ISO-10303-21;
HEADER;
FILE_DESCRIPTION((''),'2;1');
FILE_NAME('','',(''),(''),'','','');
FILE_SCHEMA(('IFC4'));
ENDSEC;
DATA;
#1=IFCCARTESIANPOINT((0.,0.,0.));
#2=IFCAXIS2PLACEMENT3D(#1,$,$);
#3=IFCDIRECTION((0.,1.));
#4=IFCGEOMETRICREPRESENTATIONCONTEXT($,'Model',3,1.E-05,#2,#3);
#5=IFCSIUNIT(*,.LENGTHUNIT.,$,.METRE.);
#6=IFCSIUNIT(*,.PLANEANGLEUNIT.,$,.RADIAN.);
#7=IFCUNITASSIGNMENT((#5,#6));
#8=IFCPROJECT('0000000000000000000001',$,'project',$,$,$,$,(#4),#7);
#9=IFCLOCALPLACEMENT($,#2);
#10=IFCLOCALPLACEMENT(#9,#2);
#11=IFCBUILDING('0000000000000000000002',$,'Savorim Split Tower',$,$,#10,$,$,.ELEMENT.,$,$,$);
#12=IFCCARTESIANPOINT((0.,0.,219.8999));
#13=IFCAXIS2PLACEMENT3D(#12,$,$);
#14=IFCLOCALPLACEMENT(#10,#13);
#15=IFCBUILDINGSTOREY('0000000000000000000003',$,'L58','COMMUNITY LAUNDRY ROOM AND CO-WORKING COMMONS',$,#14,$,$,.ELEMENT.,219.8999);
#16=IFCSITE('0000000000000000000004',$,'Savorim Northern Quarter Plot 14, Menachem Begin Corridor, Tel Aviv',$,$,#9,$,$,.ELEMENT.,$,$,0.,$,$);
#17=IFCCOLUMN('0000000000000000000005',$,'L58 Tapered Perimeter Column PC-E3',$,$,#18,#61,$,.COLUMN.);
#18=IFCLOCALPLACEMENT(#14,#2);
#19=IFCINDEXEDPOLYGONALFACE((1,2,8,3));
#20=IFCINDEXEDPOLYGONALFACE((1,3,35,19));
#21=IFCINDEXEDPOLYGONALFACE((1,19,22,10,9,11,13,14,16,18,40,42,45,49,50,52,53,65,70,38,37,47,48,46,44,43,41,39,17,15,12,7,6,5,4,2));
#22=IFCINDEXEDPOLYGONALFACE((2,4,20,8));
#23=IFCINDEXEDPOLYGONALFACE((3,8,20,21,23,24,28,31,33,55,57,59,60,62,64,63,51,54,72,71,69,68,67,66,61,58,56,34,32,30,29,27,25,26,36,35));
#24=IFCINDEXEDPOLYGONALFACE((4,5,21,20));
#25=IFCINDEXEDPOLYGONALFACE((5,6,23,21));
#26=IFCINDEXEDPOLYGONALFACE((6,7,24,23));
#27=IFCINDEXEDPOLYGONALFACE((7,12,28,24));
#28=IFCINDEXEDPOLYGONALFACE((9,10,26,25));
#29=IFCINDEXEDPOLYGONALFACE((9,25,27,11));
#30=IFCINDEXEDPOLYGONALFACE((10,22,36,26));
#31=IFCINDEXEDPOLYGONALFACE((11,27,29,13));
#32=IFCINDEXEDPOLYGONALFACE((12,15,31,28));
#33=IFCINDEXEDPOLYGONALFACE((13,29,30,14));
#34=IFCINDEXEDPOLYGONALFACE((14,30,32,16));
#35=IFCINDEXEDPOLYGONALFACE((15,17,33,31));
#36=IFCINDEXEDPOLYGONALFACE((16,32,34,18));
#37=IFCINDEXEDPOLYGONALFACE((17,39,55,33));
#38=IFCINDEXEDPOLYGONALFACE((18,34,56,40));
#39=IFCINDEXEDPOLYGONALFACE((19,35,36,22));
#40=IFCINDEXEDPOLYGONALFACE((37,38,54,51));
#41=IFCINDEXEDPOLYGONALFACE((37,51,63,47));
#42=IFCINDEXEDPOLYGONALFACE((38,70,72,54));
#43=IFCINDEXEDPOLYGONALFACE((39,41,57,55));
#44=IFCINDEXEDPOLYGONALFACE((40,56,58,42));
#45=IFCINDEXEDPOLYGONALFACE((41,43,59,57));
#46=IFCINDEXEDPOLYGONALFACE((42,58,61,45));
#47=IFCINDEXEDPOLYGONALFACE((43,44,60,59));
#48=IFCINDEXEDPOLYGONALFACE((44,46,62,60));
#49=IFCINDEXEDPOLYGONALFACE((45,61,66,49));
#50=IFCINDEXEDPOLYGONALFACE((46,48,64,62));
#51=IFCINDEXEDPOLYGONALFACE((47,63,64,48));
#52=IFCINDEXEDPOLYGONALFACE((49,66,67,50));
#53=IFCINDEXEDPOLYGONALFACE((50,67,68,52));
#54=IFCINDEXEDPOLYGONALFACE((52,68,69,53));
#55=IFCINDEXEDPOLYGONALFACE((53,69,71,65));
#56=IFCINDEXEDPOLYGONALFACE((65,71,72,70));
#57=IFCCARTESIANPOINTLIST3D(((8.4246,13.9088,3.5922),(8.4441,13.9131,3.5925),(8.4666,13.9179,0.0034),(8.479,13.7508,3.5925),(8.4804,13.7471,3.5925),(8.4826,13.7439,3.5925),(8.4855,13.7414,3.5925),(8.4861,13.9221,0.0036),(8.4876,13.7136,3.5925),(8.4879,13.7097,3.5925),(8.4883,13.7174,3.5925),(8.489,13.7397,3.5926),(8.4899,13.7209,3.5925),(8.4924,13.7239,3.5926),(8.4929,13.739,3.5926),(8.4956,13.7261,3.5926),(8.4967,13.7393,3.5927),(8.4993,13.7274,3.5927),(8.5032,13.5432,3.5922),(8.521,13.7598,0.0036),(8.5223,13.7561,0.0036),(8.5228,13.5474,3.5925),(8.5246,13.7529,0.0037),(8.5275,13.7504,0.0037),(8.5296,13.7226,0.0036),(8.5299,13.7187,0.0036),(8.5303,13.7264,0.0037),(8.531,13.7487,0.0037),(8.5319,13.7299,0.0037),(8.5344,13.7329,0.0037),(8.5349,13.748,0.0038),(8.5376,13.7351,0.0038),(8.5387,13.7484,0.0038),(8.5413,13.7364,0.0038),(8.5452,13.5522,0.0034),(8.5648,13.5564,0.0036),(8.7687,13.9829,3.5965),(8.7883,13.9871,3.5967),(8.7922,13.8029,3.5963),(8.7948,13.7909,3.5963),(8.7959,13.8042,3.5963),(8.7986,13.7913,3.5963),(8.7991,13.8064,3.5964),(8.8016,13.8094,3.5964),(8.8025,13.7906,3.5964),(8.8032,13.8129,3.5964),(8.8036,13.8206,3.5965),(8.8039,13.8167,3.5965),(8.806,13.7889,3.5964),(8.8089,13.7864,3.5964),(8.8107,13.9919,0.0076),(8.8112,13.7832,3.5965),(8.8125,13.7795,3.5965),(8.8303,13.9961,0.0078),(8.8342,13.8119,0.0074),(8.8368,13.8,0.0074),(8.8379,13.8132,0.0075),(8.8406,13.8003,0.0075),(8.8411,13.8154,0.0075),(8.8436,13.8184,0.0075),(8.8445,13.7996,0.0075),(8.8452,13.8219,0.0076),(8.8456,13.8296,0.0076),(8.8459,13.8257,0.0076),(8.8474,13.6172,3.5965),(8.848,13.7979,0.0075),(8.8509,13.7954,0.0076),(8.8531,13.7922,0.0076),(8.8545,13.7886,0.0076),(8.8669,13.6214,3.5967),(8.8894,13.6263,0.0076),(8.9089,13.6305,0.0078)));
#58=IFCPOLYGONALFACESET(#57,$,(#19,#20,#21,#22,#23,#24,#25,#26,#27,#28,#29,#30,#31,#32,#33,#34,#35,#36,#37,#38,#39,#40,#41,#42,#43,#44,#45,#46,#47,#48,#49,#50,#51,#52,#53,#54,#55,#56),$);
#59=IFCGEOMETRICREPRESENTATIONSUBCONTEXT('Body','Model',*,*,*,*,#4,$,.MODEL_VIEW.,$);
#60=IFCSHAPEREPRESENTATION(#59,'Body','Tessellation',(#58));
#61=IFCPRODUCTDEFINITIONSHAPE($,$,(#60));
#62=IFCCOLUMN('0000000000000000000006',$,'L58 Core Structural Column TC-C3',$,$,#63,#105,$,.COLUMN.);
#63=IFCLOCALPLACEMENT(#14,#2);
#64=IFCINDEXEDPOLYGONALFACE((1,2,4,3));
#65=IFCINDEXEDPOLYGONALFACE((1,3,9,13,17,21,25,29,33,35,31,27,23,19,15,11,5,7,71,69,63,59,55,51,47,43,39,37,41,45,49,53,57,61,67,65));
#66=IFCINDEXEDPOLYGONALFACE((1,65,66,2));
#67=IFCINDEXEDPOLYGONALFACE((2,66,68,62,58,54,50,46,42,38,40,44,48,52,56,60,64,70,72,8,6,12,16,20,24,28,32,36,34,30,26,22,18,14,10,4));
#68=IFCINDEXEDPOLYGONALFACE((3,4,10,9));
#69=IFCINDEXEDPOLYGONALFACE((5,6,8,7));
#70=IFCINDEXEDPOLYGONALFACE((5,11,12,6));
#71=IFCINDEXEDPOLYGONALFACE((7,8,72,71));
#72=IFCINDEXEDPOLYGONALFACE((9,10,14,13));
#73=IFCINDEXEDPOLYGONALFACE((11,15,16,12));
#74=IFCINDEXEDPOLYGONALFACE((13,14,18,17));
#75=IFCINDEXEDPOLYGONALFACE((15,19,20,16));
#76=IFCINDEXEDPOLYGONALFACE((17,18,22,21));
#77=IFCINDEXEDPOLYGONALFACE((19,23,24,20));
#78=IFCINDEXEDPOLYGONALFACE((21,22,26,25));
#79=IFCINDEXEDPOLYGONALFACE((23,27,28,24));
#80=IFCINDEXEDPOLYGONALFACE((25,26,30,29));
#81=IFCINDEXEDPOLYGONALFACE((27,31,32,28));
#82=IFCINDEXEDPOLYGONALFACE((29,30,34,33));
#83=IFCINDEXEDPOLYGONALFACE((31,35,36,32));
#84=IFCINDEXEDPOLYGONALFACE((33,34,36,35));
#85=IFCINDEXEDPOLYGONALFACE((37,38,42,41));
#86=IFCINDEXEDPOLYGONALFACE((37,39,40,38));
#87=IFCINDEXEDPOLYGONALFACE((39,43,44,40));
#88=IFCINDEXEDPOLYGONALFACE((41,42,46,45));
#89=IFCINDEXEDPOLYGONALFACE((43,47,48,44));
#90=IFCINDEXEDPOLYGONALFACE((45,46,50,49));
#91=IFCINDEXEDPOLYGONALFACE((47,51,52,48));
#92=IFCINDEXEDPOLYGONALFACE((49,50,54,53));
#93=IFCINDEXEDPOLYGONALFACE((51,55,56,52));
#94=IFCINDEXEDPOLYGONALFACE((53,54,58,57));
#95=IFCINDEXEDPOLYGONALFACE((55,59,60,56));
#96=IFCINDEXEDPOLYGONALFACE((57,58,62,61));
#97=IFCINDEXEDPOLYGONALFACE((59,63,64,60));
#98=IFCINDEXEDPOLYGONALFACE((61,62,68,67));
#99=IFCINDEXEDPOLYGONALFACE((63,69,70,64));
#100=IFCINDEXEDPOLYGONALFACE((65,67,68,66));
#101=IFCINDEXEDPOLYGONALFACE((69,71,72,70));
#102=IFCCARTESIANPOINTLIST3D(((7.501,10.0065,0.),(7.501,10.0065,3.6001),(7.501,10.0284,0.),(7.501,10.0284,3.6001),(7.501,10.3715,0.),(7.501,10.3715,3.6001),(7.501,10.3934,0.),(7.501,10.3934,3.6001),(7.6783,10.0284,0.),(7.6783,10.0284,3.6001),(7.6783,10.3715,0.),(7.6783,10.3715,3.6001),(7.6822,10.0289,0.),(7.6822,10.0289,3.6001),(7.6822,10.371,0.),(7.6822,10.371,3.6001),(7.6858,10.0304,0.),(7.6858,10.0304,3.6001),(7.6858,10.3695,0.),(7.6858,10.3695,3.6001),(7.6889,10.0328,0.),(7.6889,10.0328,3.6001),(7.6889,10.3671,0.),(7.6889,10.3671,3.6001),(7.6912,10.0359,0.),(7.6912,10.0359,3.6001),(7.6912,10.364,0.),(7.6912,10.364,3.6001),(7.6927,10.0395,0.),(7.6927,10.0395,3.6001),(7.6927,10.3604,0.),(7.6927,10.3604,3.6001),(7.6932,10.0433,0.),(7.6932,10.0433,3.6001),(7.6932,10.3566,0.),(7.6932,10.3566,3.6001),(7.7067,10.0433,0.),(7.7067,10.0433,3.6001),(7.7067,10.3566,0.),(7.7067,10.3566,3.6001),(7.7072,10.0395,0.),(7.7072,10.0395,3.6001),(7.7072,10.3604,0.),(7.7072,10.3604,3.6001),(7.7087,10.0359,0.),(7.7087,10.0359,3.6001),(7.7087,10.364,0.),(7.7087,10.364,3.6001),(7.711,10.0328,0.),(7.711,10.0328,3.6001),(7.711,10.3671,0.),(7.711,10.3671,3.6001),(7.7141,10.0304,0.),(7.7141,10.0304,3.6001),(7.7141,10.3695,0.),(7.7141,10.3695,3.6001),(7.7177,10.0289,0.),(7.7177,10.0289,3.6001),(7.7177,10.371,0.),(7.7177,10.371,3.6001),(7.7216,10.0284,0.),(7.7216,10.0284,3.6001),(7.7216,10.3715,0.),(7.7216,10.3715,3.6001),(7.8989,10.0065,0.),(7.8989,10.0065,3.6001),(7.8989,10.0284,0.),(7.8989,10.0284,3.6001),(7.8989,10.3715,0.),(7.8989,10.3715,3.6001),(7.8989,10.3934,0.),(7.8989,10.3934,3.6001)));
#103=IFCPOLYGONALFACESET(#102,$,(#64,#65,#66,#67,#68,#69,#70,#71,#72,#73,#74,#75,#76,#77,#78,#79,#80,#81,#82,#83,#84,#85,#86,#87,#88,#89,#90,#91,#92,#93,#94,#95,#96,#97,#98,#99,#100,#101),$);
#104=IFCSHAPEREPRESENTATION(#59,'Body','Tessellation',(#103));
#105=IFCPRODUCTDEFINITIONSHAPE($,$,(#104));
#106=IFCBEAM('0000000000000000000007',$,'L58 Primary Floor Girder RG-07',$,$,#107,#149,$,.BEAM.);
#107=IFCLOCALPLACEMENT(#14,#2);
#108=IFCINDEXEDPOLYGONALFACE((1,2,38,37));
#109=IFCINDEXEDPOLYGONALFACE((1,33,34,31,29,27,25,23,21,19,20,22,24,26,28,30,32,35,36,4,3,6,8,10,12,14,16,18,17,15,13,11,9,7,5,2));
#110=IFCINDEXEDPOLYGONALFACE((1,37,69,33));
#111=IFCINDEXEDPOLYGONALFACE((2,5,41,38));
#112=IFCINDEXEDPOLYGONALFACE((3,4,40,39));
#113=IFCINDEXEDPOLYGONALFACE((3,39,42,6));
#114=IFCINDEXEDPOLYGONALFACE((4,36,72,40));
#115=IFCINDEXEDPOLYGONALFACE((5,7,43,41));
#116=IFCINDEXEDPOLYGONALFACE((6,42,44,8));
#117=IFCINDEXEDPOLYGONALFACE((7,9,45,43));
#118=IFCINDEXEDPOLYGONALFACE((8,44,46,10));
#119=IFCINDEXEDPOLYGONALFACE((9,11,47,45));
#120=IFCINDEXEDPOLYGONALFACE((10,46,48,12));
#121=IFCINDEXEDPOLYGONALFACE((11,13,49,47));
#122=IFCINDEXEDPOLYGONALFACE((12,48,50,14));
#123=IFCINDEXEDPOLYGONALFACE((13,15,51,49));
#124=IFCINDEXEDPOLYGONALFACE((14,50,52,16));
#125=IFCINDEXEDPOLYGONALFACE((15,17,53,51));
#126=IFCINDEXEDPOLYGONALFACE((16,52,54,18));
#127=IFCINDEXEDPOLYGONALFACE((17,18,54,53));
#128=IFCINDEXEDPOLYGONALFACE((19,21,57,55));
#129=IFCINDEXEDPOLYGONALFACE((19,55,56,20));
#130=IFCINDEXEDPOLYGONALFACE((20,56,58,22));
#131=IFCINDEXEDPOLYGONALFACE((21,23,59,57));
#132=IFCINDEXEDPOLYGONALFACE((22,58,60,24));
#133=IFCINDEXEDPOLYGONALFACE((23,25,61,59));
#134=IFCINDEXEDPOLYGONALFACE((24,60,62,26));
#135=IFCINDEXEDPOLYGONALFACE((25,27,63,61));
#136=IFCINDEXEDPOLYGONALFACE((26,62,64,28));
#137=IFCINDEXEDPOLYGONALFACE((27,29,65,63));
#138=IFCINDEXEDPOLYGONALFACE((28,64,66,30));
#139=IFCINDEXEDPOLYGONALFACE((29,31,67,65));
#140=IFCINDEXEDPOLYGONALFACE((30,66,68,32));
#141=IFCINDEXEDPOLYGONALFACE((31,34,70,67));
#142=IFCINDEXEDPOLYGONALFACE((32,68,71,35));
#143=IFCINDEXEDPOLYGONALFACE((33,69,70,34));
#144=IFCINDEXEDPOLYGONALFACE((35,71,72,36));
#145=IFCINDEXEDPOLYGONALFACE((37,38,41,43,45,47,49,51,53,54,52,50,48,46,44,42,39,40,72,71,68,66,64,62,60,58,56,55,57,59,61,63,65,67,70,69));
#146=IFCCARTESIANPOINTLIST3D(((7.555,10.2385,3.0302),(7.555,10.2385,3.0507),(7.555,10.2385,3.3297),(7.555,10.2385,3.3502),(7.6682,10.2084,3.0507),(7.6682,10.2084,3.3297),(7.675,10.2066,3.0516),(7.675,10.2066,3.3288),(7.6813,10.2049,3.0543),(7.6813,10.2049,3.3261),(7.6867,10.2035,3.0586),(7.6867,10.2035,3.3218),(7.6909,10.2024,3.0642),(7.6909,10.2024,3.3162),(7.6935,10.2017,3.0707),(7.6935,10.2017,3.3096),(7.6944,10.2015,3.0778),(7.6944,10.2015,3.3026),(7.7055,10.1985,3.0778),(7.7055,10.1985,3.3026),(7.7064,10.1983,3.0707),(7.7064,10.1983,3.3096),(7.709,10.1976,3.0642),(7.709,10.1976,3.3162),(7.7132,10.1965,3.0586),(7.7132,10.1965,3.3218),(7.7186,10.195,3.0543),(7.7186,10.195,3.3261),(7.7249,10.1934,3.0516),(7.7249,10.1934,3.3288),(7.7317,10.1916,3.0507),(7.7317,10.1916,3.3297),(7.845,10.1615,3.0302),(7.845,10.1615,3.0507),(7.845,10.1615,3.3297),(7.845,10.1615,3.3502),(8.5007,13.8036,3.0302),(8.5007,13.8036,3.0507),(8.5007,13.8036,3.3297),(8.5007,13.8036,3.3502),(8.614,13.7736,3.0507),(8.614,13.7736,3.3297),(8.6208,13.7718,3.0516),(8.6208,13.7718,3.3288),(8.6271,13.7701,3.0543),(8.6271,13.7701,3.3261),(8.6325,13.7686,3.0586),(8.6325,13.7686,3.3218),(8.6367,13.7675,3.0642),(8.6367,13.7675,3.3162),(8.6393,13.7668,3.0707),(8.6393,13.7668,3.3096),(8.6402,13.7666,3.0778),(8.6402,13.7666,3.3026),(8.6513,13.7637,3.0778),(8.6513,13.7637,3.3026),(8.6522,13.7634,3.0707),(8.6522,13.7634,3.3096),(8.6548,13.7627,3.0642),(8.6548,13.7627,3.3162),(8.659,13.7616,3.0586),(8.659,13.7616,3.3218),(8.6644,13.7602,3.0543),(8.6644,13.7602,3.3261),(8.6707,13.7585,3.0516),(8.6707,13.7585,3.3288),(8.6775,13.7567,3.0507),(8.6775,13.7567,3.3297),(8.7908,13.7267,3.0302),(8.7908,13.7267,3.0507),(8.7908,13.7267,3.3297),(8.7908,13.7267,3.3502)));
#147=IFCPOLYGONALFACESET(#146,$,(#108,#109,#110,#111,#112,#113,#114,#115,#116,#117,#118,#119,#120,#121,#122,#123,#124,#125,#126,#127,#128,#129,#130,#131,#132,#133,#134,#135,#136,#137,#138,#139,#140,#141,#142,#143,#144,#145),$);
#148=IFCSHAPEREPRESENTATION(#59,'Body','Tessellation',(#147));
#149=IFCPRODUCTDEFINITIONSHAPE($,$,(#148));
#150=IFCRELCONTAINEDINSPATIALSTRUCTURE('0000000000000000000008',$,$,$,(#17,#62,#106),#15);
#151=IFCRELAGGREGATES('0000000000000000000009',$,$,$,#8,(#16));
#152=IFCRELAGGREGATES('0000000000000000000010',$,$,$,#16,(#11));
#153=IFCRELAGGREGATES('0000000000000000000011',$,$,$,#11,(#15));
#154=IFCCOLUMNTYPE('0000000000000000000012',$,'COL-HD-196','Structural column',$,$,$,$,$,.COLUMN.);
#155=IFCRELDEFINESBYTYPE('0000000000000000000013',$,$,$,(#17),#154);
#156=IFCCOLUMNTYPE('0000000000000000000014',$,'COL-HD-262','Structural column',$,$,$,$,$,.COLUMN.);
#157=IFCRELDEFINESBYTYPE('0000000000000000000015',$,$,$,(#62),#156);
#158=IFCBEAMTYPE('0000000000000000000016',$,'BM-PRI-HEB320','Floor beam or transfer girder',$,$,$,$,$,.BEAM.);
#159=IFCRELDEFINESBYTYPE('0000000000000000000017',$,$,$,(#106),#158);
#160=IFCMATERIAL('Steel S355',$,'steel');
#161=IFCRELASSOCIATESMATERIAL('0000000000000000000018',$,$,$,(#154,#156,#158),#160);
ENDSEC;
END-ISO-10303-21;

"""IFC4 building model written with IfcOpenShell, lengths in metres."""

from ifc_helpers import new_model, si_unit, direction, frame, origin, origin_2d, place, context, subcontext, project, spatial, i_section, extrude, material, material_profile, profile_set, type_object, element, save


model = new_model("IFC4")

# Units and contexts
model_context = context("Model", 3, precision=1e-05, world=origin(), true_north=direction((0.0, 1.0)))
body_context = subcontext(model_context, "Body", "Model", "MODEL_VIEW")
ifc_project = project(units=[si_unit("LENGTHUNIT", "METRE"), si_unit("PLANEANGLEUNIT", "RADIAN")], contexts=[model_context])

# Site, building, storey
site_placement = place(None, origin())
site = spatial("IfcSite", under=ifc_project, at=site_placement, Name="Savorim Northern Quarter Plot 14, Menachem Begin Corridor, Tel Aviv", CompositionType="ELEMENT", RefElevation=0.0)
building_placement = place(site_placement, origin())
building = spatial("IfcBuilding", under=site, at=building_placement, Name="Savorim Split Tower", CompositionType="ELEMENT")
storey_placement = place(building_placement, frame((0.0, 0.0, 219.8999)))
storey = spatial("IfcBuildingStorey", under=building, at=storey_placement, Name="L58", Description="COMMUNITY LAUNDRY ROOM AND CO-WORKING COMMONS", CompositionType="ELEMENT", Elevation=219.8999)

# Columns
ifc_material_1 = material(Name="Steel S355", Category="steel")
ifc_material_profile_1 = material_profile(ifc_material_1, i_section(OverallWidth=0.374, OverallDepth=0.3721, WebThickness=0.0122, FlangeThickness=0.02, FilletRadius=0.0149, at=origin_2d()), Name="HD 360x196")
ifc_profile_set_1 = profile_set([ifc_material_profile_1], Name="Steel S355")
column_type_1 = type_object("IfcColumnType", Name="COL-HD-196", Description="Structural column", PredefinedType="COLUMN", material=ifc_profile_set_1)
column_1_placement = place(storey_placement, frame((8.6877, 13.7742, 0.0056), z_axis=(-0.0117, -0.002517, 0.999928), x_axis=(0.210305, -0.977636, 0.0)))
element("IfcColumn", 1, at=column_1_placement, inside=storey, type_object=column_type_1, Name="L58 Tapered Perimeter Column PC-E3", PredefinedType="COLUMN", context=body_context, shape_type="SweptSolid", body=[
    extrude(i_section(OverallWidth=0.374, OverallDepth=0.3721, WebThickness=0.0122, FlangeThickness=0.02, FilletRadius=0.0149, at=origin_2d()), origin(), (0.0, 0.0, 1.0), 3.5891),
])
ifc_material_profile_2 = material_profile(ifc_material_1, i_section(OverallWidth=0.3979, OverallDepth=0.387, WebThickness=0.0134, FlangeThickness=0.022, FilletRadius=0.0149, at=origin_2d()), Name="HD 400x262")
ifc_profile_set_2 = profile_set([ifc_material_profile_2], Name="Steel S355")
column_type_2 = type_object("IfcColumnType", Name="COL-HD-262", Description="Structural column", PredefinedType="COLUMN", material=ifc_profile_set_2)
column_2_placement = place(storey_placement, frame((7.7, 10.2, 0.0), z_axis=(0.0, 0.0, 1.0), x_axis=(1.0, 0.0, 0.0)))
element("IfcColumn", 2, at=column_2_placement, inside=storey, type_object=column_type_2, Name="L58 Core Structural Column TC-C3", PredefinedType="COLUMN", context=body_context, shape_type="SweptSolid", body=[
    extrude(i_section(OverallWidth=0.3979, OverallDepth=0.387, WebThickness=0.0134, FlangeThickness=0.022, FilletRadius=0.0149, at=origin_2d()), origin(), (0.0, 0.0, 1.0), 3.6001),
])

# Beam
ifc_material_profile_3 = material_profile(ifc_material_1, i_section(OverallWidth=0.3, OverallDepth=0.3201, WebThickness=0.0115, FlangeThickness=0.0205, FilletRadius=0.0271, at=origin_2d()), Name="HEB 320")
ifc_profile_set_3 = profile_set([ifc_material_profile_3], Name="Steel S355")
beam_type_1 = type_object("IfcBeamType", Name="BM-PRI-HEB320", Description="Floor beam or transfer girder", PredefinedType="BEAM", material=ifc_profile_set_3)
beam_1_placement = place(storey_placement, frame((8.6458, 13.7651, 3.1902), z_axis=(-0.256418, -0.966566, 0.0), x_axis=(0.966566, -0.256418, 0.0)))
element("IfcBeam", 3, at=beam_1_placement, inside=storey, type_object=beam_type_1, Name="L58 Primary Floor Girder RG-07", PredefinedType="BEAM", context=body_context, shape_type="SweptSolid", body=[
    extrude(i_section(OverallWidth=0.3, OverallDepth=0.3201, WebThickness=0.0115, FlangeThickness=0.0205, FilletRadius=0.0271, at=origin_2d()), origin(), (0.0, 0.0, 1.0), 3.6885),
])

save(model, "model.ifc")
